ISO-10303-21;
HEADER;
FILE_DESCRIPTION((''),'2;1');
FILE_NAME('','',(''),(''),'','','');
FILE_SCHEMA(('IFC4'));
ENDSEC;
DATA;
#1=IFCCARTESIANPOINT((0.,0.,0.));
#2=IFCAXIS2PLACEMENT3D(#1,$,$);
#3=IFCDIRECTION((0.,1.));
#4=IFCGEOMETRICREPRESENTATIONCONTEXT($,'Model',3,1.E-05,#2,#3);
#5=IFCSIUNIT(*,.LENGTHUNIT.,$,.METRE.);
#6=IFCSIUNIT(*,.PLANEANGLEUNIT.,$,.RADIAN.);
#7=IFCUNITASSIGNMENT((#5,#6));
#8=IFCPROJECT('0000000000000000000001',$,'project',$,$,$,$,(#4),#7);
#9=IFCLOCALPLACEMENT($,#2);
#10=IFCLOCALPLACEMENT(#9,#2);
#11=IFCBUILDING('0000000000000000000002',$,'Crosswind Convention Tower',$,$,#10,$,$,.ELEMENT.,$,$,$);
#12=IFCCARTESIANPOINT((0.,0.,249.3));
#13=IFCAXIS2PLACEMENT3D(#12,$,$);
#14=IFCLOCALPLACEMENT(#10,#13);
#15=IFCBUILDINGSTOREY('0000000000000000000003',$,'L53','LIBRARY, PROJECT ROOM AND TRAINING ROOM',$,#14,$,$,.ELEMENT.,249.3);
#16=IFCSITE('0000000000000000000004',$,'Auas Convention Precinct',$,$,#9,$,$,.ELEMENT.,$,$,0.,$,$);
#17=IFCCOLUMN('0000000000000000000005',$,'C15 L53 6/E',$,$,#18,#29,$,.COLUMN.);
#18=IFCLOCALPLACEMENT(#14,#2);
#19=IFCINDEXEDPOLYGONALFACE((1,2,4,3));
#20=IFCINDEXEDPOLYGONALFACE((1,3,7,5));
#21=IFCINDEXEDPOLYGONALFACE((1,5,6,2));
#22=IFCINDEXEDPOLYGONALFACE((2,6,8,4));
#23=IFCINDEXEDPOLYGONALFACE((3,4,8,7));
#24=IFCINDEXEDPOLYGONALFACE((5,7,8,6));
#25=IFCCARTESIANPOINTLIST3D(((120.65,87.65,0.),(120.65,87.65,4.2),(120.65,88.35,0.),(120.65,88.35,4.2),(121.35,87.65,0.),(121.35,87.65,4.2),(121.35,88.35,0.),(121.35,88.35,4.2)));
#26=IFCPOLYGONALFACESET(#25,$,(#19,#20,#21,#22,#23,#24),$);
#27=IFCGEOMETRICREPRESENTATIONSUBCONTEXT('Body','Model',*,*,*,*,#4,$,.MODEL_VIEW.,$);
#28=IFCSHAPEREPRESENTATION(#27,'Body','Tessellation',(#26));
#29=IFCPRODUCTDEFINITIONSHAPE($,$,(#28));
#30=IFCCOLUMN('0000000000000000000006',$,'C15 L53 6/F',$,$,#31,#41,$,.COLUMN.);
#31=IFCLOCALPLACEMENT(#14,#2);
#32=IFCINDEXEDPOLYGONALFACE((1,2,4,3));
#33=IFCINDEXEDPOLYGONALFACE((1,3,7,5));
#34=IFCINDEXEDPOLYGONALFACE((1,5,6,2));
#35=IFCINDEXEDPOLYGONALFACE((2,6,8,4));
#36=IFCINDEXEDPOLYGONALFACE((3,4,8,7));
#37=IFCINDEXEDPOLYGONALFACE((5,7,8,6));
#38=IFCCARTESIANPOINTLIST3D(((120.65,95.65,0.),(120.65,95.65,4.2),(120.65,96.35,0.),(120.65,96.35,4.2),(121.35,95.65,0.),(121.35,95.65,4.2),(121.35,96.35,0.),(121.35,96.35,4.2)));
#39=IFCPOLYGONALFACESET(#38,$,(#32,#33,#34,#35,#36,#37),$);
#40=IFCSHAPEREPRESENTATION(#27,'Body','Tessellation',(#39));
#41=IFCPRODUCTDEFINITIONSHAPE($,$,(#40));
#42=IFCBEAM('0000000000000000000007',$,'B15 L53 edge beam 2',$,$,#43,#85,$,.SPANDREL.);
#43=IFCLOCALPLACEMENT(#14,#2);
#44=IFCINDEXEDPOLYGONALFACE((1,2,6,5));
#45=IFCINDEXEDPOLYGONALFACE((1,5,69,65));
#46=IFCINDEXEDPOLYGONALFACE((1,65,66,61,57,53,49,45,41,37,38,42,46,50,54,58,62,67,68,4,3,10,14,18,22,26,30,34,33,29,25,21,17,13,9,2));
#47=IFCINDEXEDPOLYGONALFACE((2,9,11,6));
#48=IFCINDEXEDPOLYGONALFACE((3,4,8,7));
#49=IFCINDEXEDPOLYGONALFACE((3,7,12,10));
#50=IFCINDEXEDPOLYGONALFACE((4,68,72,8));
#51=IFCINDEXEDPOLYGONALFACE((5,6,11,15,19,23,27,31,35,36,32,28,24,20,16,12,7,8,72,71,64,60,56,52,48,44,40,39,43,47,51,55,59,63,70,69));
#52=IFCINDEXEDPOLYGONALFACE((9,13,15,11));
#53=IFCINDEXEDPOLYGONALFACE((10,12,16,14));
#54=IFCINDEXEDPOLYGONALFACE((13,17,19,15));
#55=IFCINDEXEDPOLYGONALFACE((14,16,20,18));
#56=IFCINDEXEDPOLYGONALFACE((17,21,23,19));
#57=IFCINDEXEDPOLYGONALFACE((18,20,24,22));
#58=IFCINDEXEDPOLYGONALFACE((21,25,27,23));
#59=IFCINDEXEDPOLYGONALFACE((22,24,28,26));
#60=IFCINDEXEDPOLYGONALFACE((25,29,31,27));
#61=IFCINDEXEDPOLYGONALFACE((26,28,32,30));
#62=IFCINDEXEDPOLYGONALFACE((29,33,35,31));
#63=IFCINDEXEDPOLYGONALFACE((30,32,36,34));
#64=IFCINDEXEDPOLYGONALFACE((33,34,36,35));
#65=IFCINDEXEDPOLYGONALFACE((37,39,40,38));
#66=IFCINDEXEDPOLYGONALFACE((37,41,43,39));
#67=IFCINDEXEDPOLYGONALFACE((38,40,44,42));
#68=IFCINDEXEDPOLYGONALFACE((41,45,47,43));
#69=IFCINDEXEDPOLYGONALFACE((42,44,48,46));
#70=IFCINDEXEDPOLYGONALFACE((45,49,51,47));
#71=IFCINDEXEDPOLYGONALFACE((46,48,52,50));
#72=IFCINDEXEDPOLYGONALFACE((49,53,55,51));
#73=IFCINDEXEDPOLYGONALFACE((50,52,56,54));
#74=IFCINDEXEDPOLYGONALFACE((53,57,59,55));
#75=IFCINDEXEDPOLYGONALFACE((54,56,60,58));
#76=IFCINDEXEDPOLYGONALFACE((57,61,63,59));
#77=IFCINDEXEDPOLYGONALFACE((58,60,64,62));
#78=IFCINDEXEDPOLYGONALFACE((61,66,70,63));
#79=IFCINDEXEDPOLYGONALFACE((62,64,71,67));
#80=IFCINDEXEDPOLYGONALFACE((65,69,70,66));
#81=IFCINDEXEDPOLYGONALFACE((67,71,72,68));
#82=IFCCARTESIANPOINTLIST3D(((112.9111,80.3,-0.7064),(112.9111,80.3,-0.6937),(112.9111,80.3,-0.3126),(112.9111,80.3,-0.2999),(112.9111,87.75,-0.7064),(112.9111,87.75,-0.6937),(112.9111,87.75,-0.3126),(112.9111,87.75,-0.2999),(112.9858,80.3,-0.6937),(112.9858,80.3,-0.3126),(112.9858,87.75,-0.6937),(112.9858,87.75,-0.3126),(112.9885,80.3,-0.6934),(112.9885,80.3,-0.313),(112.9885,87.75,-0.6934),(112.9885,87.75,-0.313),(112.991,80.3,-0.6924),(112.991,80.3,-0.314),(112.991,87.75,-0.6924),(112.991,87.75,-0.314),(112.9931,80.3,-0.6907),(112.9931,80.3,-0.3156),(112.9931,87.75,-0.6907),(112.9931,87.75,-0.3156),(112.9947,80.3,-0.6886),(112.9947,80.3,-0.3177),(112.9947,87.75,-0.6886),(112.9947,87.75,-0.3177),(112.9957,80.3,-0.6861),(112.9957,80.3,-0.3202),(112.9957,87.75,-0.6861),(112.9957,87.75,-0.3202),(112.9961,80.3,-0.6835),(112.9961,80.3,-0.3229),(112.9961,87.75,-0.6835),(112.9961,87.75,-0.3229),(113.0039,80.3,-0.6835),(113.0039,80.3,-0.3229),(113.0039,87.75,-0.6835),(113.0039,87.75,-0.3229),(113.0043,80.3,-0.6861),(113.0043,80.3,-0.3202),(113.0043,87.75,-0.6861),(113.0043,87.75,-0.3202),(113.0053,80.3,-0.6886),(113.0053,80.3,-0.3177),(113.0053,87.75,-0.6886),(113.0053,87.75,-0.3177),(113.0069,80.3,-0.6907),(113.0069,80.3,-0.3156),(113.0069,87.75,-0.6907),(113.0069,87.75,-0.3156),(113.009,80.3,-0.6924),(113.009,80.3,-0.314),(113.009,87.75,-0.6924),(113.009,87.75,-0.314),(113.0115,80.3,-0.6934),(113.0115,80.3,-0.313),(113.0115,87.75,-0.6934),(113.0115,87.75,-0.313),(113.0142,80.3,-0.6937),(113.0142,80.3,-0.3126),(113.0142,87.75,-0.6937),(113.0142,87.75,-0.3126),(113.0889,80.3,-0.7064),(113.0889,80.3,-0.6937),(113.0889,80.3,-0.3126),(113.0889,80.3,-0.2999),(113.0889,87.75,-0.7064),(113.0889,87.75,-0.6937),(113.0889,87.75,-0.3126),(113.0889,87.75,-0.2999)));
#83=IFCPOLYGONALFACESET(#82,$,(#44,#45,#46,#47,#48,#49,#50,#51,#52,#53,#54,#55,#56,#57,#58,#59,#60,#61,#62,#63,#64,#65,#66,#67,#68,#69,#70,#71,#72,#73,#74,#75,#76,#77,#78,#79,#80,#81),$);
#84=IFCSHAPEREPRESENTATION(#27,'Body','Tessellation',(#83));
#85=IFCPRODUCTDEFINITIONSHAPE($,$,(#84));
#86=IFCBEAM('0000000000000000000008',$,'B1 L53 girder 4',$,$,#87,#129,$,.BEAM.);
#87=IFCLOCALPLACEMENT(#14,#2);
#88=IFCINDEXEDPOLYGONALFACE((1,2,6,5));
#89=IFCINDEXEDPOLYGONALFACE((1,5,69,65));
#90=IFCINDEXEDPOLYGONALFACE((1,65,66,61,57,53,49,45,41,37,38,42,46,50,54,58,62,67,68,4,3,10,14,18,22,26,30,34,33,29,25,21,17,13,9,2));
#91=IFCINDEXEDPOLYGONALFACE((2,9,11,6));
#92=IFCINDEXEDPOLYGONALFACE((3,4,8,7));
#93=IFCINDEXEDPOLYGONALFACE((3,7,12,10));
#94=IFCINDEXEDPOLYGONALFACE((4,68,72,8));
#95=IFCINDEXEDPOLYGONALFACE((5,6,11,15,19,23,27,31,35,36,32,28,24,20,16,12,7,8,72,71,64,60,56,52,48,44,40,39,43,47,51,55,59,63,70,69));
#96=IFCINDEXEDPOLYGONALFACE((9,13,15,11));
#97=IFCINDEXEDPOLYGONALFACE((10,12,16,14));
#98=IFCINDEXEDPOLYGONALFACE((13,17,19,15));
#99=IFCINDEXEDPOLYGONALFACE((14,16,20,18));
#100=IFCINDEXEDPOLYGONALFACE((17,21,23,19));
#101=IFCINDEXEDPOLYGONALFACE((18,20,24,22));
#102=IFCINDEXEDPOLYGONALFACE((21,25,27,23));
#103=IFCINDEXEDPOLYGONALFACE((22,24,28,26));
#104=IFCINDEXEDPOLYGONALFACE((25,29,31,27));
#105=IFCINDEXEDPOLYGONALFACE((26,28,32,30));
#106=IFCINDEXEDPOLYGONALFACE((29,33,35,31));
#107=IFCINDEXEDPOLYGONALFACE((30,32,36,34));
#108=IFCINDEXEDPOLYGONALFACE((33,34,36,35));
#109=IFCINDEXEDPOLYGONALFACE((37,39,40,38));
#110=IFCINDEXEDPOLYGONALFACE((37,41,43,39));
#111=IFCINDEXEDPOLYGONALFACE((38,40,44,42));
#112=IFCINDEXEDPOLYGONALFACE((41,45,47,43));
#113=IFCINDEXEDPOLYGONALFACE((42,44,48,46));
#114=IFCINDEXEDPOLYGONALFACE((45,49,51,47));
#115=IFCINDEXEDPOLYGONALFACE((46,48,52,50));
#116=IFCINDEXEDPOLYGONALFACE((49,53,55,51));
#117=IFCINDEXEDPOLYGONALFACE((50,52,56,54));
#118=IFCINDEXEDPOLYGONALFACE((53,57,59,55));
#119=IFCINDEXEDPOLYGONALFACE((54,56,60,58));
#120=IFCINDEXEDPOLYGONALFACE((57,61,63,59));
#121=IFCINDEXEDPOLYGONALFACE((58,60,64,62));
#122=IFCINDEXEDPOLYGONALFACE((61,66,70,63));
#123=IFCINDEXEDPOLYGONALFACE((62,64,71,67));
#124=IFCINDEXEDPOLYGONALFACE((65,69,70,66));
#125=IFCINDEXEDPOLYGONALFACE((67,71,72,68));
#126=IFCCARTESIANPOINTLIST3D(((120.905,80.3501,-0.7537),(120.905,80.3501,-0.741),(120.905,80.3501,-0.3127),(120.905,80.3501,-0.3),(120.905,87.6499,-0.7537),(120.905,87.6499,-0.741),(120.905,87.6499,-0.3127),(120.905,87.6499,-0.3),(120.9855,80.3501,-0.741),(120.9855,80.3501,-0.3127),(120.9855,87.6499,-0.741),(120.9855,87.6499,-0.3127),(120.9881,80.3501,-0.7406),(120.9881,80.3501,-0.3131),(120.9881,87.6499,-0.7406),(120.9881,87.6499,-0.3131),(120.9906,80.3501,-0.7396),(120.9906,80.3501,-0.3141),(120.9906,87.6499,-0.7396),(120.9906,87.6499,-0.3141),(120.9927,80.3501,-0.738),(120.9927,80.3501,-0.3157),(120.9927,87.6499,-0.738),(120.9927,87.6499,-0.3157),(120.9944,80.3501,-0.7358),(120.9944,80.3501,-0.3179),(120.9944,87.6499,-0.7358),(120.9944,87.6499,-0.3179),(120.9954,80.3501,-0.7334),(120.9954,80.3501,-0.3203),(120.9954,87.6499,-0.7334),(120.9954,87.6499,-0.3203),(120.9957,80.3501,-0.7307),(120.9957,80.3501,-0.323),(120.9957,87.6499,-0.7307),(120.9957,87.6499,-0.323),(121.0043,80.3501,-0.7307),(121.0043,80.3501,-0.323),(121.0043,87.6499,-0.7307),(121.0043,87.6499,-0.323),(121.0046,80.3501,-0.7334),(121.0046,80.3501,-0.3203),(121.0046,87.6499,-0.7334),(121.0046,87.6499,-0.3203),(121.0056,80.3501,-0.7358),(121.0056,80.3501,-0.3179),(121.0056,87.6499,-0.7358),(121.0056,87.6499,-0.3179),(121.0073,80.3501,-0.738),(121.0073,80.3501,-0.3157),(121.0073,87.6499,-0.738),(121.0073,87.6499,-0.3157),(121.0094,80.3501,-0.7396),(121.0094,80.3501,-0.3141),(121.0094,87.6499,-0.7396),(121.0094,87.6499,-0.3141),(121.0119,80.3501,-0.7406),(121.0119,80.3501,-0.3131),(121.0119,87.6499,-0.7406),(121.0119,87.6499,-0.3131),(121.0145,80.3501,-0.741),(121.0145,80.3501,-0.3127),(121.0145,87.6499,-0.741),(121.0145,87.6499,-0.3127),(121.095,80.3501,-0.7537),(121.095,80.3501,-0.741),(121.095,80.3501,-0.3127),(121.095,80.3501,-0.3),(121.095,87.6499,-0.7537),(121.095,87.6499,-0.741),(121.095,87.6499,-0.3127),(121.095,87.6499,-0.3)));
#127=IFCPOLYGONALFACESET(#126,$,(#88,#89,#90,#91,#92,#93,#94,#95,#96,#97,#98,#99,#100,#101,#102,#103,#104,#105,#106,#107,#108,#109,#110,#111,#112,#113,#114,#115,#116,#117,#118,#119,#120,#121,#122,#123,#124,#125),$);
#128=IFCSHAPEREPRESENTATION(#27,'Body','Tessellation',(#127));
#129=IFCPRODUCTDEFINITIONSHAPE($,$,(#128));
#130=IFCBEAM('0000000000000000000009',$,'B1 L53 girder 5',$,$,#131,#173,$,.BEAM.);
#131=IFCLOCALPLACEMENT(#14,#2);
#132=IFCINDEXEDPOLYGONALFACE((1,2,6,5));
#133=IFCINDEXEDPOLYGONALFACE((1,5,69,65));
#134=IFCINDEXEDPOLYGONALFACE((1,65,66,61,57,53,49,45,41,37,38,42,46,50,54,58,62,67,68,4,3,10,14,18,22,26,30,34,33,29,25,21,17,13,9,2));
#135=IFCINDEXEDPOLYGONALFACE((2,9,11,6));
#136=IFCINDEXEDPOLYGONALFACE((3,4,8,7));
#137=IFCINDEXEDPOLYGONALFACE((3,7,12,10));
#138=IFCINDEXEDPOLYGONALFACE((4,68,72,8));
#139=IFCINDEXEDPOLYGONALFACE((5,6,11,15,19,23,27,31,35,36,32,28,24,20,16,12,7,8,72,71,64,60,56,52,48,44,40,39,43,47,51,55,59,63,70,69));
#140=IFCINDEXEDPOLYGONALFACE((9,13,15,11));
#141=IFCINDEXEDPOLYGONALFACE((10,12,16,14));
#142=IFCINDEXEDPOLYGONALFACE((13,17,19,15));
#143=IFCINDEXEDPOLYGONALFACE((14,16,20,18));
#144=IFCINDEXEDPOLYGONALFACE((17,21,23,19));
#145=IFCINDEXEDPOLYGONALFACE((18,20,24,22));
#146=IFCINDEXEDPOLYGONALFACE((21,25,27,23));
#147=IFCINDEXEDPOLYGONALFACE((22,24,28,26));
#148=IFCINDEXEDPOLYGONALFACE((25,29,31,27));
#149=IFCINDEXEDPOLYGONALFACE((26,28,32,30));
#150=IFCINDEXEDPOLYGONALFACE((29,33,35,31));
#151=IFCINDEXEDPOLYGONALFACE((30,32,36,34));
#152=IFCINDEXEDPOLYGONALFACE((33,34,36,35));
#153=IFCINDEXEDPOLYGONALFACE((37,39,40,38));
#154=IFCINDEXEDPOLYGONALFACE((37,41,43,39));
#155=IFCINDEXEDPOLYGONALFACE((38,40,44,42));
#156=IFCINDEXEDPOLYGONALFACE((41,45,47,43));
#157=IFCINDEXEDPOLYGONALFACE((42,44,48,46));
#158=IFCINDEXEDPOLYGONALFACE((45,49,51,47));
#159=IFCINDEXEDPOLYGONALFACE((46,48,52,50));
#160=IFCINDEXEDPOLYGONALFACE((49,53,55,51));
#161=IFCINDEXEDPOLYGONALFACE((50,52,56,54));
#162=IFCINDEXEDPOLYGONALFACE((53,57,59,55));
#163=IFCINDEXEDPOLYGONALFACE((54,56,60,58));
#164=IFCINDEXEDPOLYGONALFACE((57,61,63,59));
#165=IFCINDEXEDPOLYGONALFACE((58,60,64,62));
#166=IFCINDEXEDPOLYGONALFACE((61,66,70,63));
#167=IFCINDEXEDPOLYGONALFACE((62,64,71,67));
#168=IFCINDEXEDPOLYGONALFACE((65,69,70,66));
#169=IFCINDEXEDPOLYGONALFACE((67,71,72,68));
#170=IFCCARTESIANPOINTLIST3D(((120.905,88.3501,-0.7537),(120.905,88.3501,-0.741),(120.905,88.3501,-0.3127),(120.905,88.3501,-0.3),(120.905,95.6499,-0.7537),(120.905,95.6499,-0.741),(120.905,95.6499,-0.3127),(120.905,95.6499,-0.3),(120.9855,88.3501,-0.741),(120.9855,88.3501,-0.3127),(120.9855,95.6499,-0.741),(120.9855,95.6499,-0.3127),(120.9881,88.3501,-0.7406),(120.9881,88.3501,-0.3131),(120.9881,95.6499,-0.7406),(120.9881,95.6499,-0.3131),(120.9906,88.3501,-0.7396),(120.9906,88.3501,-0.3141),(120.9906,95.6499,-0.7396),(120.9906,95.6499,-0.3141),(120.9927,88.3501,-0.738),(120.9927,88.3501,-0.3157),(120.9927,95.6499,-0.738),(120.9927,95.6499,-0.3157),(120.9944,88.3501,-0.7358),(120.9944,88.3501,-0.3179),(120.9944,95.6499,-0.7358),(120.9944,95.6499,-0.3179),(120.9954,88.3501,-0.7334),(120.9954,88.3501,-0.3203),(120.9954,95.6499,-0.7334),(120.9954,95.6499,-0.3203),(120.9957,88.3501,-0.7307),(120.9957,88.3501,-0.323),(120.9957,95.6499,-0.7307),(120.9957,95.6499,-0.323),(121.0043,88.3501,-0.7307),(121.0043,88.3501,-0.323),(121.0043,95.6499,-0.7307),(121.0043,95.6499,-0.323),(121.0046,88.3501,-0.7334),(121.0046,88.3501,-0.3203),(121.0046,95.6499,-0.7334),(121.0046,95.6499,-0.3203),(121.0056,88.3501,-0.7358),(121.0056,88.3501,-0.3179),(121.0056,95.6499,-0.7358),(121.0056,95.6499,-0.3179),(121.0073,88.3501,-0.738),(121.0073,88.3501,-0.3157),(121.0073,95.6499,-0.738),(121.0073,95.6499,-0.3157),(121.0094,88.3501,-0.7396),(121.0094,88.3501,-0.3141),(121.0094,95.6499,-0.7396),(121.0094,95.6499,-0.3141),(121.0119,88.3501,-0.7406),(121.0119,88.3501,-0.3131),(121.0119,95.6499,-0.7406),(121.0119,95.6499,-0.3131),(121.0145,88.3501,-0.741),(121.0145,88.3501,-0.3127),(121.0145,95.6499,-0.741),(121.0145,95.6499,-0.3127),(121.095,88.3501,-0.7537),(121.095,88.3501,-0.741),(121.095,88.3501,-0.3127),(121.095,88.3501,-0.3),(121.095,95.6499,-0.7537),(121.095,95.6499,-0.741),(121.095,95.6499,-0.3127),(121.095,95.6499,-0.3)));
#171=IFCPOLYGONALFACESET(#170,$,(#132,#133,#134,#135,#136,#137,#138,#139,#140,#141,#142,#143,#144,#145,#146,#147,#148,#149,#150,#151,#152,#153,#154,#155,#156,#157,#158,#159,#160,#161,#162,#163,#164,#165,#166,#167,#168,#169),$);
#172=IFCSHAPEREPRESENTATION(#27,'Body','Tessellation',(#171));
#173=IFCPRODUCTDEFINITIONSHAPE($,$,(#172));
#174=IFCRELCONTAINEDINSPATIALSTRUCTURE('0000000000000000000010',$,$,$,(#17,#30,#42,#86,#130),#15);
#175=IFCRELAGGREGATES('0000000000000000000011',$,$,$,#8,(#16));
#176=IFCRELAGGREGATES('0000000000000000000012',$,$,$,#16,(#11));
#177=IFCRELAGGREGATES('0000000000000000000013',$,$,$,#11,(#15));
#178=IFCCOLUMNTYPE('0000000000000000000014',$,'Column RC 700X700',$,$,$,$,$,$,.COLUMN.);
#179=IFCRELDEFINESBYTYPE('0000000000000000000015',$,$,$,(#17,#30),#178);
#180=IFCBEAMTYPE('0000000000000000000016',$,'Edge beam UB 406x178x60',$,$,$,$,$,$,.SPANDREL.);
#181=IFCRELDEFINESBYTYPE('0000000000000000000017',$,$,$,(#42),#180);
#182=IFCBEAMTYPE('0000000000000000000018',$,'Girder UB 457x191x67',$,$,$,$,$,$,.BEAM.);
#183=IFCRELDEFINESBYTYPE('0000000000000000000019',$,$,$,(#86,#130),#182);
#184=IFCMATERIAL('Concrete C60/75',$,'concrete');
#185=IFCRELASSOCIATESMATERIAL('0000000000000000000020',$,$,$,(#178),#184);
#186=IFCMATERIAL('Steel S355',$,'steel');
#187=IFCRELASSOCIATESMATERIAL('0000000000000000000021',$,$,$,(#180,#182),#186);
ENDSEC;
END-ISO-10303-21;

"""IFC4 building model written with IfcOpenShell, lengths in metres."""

from ifc_helpers import new_model, si_unit, direction, frame, origin, origin_2d, place, context, subcontext, project, spatial, rectangle, i_section, extrude, material, material_profile, profile_set, type_object, element, save


model = new_model("IFC4")

# Units and contexts
model_context = context("Model", 3, precision=1e-05, world=origin(), true_north=direction((0.0, 1.0)))
body_context = subcontext(model_context, "Body", "Model", "MODEL_VIEW")
ifc_project = project(units=[si_unit("LENGTHUNIT", "METRE"), si_unit("PLANEANGLEUNIT", "RADIAN")], contexts=[model_context])

# Site, building, storey
site_placement = place(None, origin())
site = spatial("IfcSite", under=ifc_project, at=site_placement, Name="Auas Convention Precinct", CompositionType="ELEMENT", RefElevation=0.0)
building_placement = place(site_placement, origin())
building = spatial("IfcBuilding", under=site, at=building_placement, Name="Crosswind Convention Tower", CompositionType="ELEMENT")
storey_placement = place(building_placement, frame((0.0, 0.0, 249.3)))
storey = spatial("IfcBuildingStorey", under=building, at=storey_placement, Name="L53", Description="LIBRARY, PROJECT ROOM AND TRAINING ROOM", CompositionType="ELEMENT", Elevation=249.3)

# Columns
ifc_material_1 = material(Name="Concrete C60/75", Category="concrete")
ifc_material_profile_1 = material_profile(ifc_material_1, rectangle(XDim=0.7, YDim=0.7, at=origin_2d()), Name="RC 700X700")
ifc_profile_set_1 = profile_set([ifc_material_profile_1], Name="Concrete C60/75")
column_type = type_object("IfcColumnType", Name="Column RC 700X700", PredefinedType="COLUMN", material=ifc_profile_set_1)
for number, where, z_axis, x_axis, name in (
    (1, (121.0, 88.0, 0.0), (0.0, 0.0, 1.0), (1.0, 0.0, 0.0), "C15 L53 6/E"),
    (2, (121.0, 96.0, 0.0), (0.0, 0.0, 1.0), (1.0, 0.0, 0.0), "C15 L53 6/F"),
):
    element("IfcColumn", number, at=place(storey_placement, frame(where, z_axis=z_axis, x_axis=x_axis)), inside=storey, type_object=column_type, Name=name, PredefinedType="COLUMN", context=body_context, shape_type="SweptSolid", body=[
        extrude(rectangle(XDim=0.7, YDim=0.7, at=origin_2d()), origin(), (0.0, 0.0, 1.0), 4.2),
    ])

# Beams
ifc_material_2 = material(Name="Steel S355", Category="steel")
ifc_material_profile_2 = material_profile(ifc_material_2, i_section(OverallWidth=0.1777, OverallDepth=0.4065, WebThickness=0.0078, FlangeThickness=0.0127, FilletRadius=0.0103, at=origin_2d()), Name="UB 406x178x60")
ifc_profile_set_2 = profile_set([ifc_material_profile_2], Name="Steel S355")
beam_type_1 = type_object("IfcBeamType", Name="Edge beam UB 406x178x60", PredefinedType="SPANDREL", material=ifc_profile_set_2)
beam_1_placement = place(storey_placement, frame((113.0, 80.3, -0.5032), z_axis=(0.0, 1.0, 0.0), x_axis=(-1.0, 0.0, 0.0)))
element("IfcBeam", 3, at=beam_1_placement, inside=storey, type_object=beam_type_1, Name="B15 L53 edge beam 2", PredefinedType="SPANDREL", context=body_context, shape_type="SweptSolid", body=[
    extrude(i_section(OverallWidth=0.1777, OverallDepth=0.4065, WebThickness=0.0078, FlangeThickness=0.0127, FilletRadius=0.0103, at=origin_2d()), origin(), (0.0, 0.0, 1.0), 7.45),
])
ifc_material_profile_3 = material_profile(ifc_material_2, i_section(OverallWidth=0.1899, OverallDepth=0.4536, WebThickness=0.0085, FlangeThickness=0.0127, FilletRadius=0.0103, at=origin_2d()), Name="UB 457x191x67")
ifc_profile_set_3 = profile_set([ifc_material_profile_3], Name="Steel S355")
beam_type_2 = type_object("IfcBeamType", Name="Girder UB 457x191x67", PredefinedType="BEAM", material=ifc_profile_set_3)
for number, where, z_axis, x_axis, name in (
    (4, (121.0, 80.3501, -0.5269), (0.0, 1.0, 0.0), (-1.0, 0.0, 0.0), "B1 L53 girder 4"),
    (5, (121.0, 88.3501, -0.5269), (0.0, 1.0, 0.0), (-1.0, 0.0, 0.0), "B1 L53 girder 5"),
):
    element("IfcBeam", number, at=place(storey_placement, frame(where, z_axis=z_axis, x_axis=x_axis)), inside=storey, type_object=beam_type_2, Name=name, PredefinedType="BEAM", context=body_context, shape_type="SweptSolid", body=[
        extrude(i_section(OverallWidth=0.1899, OverallDepth=0.4536, WebThickness=0.0085, FlangeThickness=0.0127, FilletRadius=0.0103, at=origin_2d()), origin(), (0.0, 0.0, 1.0), 7.2998),
    ])

save(model, "model.ifc")
